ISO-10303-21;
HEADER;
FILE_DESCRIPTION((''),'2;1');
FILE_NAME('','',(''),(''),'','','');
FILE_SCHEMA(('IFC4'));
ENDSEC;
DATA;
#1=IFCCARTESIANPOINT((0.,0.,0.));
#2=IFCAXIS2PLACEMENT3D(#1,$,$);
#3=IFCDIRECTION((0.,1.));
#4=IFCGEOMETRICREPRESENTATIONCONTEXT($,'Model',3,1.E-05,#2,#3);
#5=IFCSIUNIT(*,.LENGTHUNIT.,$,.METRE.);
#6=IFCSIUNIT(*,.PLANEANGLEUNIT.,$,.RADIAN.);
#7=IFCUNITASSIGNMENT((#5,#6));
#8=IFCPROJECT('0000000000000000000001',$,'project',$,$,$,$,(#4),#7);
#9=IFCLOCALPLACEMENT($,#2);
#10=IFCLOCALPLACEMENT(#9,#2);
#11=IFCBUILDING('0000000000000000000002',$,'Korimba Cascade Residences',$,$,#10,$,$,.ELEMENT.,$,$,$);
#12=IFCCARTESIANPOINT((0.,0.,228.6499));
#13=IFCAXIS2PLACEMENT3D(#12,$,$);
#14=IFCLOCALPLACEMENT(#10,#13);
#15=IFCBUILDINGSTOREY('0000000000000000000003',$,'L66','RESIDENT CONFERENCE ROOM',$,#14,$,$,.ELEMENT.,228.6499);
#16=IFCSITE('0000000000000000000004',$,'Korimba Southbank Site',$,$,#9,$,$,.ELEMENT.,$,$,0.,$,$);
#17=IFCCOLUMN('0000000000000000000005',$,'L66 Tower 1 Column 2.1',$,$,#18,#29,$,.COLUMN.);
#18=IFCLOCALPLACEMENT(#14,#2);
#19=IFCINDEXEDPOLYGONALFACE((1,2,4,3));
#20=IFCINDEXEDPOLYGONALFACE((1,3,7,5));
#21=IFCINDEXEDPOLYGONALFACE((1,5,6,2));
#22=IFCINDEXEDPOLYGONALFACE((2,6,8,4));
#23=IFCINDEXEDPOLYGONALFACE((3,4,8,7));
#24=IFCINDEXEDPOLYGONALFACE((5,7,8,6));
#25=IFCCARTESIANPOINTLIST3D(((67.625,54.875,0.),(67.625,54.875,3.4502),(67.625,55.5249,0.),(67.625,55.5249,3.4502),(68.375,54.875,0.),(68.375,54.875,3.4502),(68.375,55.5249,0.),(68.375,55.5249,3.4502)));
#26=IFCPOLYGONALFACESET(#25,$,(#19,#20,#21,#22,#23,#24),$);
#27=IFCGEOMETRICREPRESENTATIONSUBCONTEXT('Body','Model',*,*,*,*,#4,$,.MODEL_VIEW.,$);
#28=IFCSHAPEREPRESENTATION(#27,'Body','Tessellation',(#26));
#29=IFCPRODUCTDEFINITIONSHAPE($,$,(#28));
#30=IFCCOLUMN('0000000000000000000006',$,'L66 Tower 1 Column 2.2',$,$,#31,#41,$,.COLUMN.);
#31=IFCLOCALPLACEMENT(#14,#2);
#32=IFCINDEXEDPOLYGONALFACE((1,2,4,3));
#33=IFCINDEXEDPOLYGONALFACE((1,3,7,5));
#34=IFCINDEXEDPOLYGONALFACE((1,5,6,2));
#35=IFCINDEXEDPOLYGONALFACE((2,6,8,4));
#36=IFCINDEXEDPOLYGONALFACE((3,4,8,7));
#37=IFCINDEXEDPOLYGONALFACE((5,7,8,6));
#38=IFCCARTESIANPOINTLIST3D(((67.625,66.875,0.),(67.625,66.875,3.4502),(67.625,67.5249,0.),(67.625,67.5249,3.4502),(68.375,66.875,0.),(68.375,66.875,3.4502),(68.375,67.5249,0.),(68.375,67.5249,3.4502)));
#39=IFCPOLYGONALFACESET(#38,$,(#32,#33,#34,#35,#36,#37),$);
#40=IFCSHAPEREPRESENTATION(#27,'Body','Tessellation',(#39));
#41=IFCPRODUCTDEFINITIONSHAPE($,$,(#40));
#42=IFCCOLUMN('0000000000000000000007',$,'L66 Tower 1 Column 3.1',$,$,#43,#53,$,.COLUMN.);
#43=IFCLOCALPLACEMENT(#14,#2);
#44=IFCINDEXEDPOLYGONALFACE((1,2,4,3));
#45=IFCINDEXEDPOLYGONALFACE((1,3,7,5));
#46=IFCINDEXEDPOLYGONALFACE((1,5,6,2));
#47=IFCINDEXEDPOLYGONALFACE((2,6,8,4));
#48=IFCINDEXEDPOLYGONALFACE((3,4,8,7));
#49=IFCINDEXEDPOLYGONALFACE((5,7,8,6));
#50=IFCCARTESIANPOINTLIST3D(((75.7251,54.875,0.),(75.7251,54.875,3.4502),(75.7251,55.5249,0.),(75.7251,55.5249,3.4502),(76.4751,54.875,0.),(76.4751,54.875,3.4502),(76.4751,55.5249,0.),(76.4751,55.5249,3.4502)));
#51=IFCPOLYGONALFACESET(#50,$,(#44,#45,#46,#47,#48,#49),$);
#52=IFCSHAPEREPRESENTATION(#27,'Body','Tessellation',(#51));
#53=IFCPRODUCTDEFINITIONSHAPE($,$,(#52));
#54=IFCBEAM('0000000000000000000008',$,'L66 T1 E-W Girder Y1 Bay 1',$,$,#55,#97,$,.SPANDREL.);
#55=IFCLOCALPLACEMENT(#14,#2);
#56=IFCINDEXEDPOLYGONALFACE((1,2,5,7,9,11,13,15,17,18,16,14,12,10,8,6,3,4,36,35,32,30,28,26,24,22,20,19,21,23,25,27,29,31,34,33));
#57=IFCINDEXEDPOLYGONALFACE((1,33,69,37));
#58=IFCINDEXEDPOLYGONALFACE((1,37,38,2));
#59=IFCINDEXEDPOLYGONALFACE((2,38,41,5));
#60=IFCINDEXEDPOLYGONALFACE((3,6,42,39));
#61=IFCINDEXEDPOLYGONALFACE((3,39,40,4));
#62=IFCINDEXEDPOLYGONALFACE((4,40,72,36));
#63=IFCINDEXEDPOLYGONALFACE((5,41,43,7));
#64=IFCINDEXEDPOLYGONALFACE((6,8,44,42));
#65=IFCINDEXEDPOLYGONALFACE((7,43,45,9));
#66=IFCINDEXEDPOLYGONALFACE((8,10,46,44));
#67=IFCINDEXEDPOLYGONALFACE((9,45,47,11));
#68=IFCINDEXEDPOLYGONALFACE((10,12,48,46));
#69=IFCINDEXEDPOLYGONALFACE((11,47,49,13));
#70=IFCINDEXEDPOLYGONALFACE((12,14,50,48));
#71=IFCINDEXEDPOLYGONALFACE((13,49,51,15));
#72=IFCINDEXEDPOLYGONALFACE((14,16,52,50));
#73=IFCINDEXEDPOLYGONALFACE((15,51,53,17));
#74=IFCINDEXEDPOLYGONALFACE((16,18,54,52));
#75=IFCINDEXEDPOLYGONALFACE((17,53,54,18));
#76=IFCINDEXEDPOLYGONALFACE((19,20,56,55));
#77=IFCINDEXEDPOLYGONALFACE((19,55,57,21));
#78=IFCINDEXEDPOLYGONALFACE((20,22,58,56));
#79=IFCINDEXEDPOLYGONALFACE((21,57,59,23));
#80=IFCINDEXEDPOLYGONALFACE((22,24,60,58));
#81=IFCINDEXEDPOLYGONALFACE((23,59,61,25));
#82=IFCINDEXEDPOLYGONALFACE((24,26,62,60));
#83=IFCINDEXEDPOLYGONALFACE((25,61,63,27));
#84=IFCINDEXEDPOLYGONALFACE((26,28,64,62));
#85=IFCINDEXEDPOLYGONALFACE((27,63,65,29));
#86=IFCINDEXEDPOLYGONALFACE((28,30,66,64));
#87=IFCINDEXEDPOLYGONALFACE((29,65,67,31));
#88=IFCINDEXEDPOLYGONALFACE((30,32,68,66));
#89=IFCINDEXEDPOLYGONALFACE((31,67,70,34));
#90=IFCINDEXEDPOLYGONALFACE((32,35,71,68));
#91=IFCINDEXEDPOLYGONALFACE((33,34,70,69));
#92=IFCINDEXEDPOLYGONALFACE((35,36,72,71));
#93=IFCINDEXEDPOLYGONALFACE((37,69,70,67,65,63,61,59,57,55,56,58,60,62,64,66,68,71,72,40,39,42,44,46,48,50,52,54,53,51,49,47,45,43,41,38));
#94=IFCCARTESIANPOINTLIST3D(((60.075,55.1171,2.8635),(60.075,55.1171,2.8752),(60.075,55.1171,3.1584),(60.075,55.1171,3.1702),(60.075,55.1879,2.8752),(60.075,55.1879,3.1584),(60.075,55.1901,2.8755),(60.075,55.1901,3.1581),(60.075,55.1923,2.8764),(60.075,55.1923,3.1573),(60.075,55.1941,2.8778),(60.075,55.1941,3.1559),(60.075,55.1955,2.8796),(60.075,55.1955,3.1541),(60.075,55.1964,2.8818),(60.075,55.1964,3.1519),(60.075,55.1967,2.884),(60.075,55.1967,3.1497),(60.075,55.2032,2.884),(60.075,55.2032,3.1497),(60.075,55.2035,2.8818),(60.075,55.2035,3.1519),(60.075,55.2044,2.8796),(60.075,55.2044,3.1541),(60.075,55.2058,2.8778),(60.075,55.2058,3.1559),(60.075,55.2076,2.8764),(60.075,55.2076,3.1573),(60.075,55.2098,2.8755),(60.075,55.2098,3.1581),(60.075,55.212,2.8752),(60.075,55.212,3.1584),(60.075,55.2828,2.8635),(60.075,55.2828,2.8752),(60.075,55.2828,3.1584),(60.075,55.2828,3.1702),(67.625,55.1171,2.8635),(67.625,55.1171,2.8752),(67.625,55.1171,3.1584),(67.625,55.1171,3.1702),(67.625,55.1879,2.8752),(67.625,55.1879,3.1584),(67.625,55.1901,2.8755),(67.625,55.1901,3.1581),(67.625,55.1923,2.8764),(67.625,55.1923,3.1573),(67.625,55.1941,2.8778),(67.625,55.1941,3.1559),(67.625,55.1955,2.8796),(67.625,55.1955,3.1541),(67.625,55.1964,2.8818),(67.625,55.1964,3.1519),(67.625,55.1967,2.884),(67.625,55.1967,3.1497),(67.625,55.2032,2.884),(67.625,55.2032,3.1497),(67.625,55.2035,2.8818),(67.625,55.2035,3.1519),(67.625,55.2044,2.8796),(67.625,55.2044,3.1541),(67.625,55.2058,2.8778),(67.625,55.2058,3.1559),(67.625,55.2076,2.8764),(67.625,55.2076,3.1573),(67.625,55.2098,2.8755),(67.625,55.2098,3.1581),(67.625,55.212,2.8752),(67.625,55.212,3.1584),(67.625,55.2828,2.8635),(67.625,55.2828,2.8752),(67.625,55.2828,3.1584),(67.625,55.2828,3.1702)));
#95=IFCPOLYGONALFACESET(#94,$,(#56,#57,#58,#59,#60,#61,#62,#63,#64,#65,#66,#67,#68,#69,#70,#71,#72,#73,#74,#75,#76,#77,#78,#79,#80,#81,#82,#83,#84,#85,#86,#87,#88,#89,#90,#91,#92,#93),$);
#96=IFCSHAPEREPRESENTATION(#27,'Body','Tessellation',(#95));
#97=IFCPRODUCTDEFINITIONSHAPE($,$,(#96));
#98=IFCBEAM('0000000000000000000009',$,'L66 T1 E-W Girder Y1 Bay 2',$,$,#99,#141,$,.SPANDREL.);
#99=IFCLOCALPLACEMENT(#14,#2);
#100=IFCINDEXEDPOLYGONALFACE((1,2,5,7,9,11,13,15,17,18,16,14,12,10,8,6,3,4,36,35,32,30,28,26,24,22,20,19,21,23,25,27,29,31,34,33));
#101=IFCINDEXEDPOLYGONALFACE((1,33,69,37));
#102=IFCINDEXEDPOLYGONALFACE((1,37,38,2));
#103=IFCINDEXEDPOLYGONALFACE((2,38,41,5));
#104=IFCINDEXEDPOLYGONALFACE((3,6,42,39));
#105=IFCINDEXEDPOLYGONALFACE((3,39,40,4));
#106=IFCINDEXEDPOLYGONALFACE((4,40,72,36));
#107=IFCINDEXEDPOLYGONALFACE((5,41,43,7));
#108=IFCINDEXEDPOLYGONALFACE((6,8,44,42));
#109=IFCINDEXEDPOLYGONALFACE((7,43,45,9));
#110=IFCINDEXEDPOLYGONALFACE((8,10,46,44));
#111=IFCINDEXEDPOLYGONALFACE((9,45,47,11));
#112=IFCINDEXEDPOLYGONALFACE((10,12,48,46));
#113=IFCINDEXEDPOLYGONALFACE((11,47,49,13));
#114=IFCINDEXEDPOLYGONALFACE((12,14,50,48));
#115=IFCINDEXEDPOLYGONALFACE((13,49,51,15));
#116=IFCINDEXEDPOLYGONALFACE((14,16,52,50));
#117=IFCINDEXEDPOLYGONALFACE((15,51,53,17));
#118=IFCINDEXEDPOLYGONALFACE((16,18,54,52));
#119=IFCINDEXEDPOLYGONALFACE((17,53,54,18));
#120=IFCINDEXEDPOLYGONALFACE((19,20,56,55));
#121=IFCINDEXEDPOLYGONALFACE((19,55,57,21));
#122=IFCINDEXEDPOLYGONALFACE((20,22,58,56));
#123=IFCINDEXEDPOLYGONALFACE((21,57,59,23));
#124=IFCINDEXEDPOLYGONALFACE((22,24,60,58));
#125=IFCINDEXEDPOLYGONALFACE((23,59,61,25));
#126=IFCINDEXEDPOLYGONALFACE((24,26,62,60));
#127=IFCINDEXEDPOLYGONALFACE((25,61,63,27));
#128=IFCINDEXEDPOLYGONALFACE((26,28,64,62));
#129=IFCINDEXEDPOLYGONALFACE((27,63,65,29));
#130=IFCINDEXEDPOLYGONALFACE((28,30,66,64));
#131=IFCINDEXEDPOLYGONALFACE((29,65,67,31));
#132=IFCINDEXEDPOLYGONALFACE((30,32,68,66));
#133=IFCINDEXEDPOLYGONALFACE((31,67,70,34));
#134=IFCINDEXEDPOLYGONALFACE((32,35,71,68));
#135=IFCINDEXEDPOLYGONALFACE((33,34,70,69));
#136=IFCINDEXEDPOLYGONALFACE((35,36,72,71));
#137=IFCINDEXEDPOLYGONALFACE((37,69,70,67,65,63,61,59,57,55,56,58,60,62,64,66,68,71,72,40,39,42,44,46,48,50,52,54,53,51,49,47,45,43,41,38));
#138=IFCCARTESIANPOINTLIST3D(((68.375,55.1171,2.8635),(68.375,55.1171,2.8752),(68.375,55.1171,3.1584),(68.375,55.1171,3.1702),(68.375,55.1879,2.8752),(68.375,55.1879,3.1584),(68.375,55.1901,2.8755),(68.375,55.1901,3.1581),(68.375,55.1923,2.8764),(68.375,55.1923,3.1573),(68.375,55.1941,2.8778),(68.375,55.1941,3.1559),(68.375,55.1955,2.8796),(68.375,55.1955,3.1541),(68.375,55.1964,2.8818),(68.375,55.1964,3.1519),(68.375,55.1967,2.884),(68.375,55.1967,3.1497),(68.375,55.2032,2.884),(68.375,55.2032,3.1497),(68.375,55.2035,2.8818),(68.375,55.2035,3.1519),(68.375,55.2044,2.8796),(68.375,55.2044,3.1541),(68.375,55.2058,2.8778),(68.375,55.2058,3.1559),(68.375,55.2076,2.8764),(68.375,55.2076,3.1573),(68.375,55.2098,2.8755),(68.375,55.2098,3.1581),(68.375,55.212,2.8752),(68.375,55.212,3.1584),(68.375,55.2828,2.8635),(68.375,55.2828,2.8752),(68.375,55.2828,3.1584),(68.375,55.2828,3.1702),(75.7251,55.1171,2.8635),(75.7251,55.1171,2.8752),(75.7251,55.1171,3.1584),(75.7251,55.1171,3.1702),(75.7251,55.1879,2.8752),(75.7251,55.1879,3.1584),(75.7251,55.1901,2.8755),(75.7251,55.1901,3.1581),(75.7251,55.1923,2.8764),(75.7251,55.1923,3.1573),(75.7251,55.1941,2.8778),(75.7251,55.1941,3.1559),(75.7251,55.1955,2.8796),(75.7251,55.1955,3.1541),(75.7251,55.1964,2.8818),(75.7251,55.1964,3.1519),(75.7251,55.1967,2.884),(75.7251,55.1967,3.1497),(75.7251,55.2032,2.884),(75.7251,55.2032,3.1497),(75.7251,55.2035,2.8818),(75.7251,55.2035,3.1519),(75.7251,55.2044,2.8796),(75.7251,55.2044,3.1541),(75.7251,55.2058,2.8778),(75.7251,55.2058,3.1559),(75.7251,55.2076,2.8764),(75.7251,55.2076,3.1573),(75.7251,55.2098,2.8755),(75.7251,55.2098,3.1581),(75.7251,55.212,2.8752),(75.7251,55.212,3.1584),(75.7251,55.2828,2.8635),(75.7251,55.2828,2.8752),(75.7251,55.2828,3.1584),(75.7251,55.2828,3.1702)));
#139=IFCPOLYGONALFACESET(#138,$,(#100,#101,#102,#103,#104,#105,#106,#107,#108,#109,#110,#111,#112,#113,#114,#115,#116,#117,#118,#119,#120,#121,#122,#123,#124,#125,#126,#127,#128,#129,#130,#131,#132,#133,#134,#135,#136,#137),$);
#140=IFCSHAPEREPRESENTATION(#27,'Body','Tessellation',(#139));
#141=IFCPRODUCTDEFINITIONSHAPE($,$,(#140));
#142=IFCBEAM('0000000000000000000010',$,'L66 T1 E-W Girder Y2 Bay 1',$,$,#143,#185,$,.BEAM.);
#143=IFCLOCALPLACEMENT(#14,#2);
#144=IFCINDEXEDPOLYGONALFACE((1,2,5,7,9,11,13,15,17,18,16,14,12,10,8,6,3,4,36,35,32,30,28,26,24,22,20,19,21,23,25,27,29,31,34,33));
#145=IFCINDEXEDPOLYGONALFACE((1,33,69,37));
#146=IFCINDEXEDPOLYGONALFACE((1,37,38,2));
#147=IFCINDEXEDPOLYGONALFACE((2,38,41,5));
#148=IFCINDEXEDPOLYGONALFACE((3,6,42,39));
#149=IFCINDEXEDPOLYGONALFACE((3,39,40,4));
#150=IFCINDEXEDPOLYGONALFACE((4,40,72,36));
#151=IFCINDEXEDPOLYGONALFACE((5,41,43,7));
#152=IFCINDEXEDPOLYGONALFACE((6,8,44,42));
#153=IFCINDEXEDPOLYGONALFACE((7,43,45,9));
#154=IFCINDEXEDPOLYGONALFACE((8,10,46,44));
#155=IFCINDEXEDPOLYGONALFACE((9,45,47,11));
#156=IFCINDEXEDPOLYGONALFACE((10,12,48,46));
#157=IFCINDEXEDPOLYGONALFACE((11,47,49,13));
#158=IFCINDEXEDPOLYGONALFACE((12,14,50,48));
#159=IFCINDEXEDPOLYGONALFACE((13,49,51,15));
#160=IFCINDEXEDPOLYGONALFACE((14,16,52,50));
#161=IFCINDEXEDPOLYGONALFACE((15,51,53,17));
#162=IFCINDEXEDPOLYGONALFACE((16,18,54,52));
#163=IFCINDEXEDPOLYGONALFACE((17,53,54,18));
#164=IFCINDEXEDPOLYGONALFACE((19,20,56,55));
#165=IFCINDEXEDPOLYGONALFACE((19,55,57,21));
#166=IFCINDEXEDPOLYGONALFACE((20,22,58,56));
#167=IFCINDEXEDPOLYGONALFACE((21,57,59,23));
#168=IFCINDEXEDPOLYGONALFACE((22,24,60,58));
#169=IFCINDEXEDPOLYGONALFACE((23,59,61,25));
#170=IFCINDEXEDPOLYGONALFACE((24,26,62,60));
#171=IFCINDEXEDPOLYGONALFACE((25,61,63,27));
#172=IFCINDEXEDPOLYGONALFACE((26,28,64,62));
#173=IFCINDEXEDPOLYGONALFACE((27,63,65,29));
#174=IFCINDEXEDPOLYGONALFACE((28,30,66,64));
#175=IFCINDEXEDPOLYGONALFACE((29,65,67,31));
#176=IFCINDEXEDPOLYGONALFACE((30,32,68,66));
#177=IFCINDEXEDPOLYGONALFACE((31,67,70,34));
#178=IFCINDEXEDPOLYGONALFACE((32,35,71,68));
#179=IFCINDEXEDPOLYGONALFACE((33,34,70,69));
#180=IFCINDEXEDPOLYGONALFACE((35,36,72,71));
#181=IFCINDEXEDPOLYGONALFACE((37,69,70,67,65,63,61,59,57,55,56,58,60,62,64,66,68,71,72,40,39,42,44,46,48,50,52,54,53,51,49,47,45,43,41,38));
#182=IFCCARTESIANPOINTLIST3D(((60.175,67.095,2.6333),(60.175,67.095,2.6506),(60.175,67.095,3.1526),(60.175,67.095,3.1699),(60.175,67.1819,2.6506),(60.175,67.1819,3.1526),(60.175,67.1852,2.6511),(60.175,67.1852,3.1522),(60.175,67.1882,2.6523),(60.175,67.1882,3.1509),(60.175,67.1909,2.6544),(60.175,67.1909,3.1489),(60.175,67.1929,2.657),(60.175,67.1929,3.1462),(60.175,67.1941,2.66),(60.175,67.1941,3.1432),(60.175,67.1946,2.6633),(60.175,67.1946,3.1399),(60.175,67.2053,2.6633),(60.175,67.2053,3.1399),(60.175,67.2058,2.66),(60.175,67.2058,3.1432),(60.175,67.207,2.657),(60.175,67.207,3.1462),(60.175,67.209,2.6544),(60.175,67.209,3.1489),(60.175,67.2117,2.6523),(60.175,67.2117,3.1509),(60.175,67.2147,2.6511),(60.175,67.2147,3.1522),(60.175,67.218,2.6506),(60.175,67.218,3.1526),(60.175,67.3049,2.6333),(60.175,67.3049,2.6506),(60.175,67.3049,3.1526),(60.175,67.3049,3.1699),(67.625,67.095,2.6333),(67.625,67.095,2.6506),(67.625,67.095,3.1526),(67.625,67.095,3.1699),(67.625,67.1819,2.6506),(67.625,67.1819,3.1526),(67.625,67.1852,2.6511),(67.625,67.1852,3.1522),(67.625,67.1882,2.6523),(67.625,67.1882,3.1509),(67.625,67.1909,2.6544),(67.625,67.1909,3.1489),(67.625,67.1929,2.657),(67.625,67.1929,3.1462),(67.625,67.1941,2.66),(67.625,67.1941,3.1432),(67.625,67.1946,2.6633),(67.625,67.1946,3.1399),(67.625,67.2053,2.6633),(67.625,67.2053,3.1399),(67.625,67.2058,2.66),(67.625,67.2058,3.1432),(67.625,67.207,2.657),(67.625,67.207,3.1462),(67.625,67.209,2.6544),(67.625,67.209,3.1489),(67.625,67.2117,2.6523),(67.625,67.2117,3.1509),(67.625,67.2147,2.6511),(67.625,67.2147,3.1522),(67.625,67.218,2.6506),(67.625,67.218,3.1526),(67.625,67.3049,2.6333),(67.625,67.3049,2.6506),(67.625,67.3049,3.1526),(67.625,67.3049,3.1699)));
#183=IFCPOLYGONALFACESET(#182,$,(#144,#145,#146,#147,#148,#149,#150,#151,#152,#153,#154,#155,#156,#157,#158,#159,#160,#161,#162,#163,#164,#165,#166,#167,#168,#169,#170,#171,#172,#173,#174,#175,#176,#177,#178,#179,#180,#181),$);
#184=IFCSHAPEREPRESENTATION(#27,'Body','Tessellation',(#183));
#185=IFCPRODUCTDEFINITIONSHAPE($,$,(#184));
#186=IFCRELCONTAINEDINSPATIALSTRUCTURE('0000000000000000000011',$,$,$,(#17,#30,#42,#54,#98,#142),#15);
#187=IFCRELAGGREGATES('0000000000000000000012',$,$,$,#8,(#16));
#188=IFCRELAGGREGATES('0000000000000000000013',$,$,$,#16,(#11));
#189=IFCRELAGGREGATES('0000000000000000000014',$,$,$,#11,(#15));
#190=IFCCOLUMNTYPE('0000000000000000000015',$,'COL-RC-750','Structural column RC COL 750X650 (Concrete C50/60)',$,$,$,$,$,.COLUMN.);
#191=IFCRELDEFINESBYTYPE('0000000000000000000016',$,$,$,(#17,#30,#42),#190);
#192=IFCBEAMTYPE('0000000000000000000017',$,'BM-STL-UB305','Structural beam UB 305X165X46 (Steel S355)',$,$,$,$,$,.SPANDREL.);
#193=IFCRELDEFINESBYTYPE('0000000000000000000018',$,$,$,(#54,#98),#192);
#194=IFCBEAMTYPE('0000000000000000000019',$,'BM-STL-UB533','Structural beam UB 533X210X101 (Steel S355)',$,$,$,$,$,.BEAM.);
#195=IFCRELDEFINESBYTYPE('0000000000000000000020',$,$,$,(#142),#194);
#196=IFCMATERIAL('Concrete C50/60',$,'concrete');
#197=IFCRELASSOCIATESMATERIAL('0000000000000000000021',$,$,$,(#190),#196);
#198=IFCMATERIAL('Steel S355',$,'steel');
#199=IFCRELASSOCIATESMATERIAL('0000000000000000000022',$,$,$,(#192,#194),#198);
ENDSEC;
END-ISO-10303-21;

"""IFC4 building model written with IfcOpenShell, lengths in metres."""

from ifc_helpers import new_model, si_unit, direction, frame, origin, origin_2d, place, context, subcontext, project, spatial, rectangle, i_section, extrude, material, material_profile, profile_set, type_object, element, save


model = new_model("IFC4")

# Units and contexts
model_context = context("Model", 3, precision=1e-05, world=origin(), true_north=direction((0.0, 1.0)))
body_context = subcontext(model_context, "Body", "Model", "MODEL_VIEW")
ifc_project = project(units=[si_unit("LENGTHUNIT", "METRE"), si_unit("PLANEANGLEUNIT", "RADIAN")], contexts=[model_context])

# Site, building, storey
site_placement = place(None, origin())
site = spatial("IfcSite", under=ifc_project, at=site_placement, Name="Korimba Southbank Site", CompositionType="ELEMENT", RefElevation=0.0)
building_placement = place(site_placement, origin())
building = spatial("IfcBuilding", under=site, at=building_placement, Name="Korimba Cascade Residences", CompositionType="ELEMENT")
storey_placement = place(building_placement, frame((0.0, 0.0, 228.6499)))
storey = spatial("IfcBuildingStorey", under=building, at=storey_placement, Name="L66", Description="RESIDENT CONFERENCE ROOM", CompositionType="ELEMENT", Elevation=228.6499)

# Columns
ifc_material_1 = material(Name="Concrete C50/60", Category="concrete")
ifc_material_profile_1 = material_profile(ifc_material_1, rectangle(XDim=0.75, YDim=0.6499, at=origin_2d()), Name="Concrete C50/60")
ifc_profile_set_1 = profile_set([ifc_material_profile_1], Name="Concrete C50/60")
column_type = type_object("IfcColumnType", Name="COL-RC-750", Description="Structural column RC COL 750X650 (Concrete C50/60)", PredefinedType="COLUMN", material=ifc_profile_set_1)
for number, where, z_axis, x_axis, name in (
    (1, (68.0, 55.2, 0.0), (0.0, 0.0, 1.0), (1.0, 0.0, 0.0), "L66 Tower 1 Column 2.1"),
    (2, (68.0, 67.2, 0.0), (0.0, 0.0, 1.0), (1.0, 0.0, 0.0), "L66 Tower 1 Column 2.2"),
    (3, (76.1001, 55.2, 0.0), (0.0, 0.0, 1.0), (1.0, 0.0, 0.0), "L66 Tower 1 Column 3.1"),
):
    element("IfcColumn", number, at=place(storey_placement, frame(where, z_axis=z_axis, x_axis=x_axis)), inside=storey, type_object=column_type, Name=name, PredefinedType="COLUMN", context=body_context, shape_type="SweptSolid", body=[
        extrude(rectangle(XDim=0.75, YDim=0.6499, at=origin_2d()), origin(), (0.0, 0.0, 1.0), 3.4502),
    ])

# Beams
ifc_material_2 = material(Name="Steel S355", Category="steel")
ifc_material_profile_2 = material_profile(ifc_material_2, i_section(OverallWidth=0.1658, OverallDepth=0.3066, WebThickness=0.0066, FlangeThickness=0.0117, FilletRadius=0.0088, at=origin_2d()), Name="Steel S355")
ifc_profile_set_2 = profile_set([ifc_material_profile_2], Name="Steel S355")
beam_type_1 = type_object("IfcBeamType", Name="BM-STL-UB305", Description="Structural beam UB 305X165X46 (Steel S355)", PredefinedType="SPANDREL", material=ifc_profile_set_2)
beam_1_placement = place(storey_placement, frame((60.075, 55.2, 3.0168), z_axis=(1.0, 0.0, 0.0), x_axis=(0.0, 1.0, 0.0)))
element("IfcBeam", 4, at=beam_1_placement, inside=storey, type_object=beam_type_1, Name="L66 T1 E-W Girder Y1 Bay 1", PredefinedType="SPANDREL", context=body_context, shape_type="SweptSolid", body=[
    extrude(i_section(OverallWidth=0.1658, OverallDepth=0.3066, WebThickness=0.0066, FlangeThickness=0.0117, FilletRadius=0.0088, at=origin_2d()), origin(), (0.0, 0.0, 1.0), 7.55),
])
beam_2_placement = place(storey_placement, frame((68.375, 55.2, 3.0168), z_axis=(1.0, 0.0, 0.0), x_axis=(0.0, 1.0, 0.0)))
element("IfcBeam", 5, at=beam_2_placement, inside=storey, type_object=beam_type_1, Name="L66 T1 E-W Girder Y1 Bay 2", PredefinedType="SPANDREL", context=body_context, shape_type="SweptSolid", body=[
    extrude(i_section(OverallWidth=0.1658, OverallDepth=0.3066, WebThickness=0.0066, FlangeThickness=0.0117, FilletRadius=0.0088, at=origin_2d()), origin(), (0.0, 0.0, 1.0), 7.3501),
])
ifc_material_profile_3 = material_profile(ifc_material_2, i_section(OverallWidth=0.21, OverallDepth=0.5366, WebThickness=0.0107, FlangeThickness=0.0173, FilletRadius=0.0127, at=origin_2d()), Name="Steel S355")
ifc_profile_set_3 = profile_set([ifc_material_profile_3], Name="Steel S355")
beam_type_2 = type_object("IfcBeamType", Name="BM-STL-UB533", Description="Structural beam UB 533X210X101 (Steel S355)", PredefinedType="BEAM", material=ifc_profile_set_3)
beam_3_placement = place(storey_placement, frame((60.175, 67.2, 2.9016), z_axis=(1.0, 0.0, 0.0), x_axis=(0.0, 1.0, 0.0)))
element("IfcBeam", 6, at=beam_3_placement, inside=storey, type_object=beam_type_2, Name="L66 T1 E-W Girder Y2 Bay 1", PredefinedType="BEAM", context=body_context, shape_type="SweptSolid", body=[
    extrude(i_section(OverallWidth=0.21, OverallDepth=0.5366, WebThickness=0.0107, FlangeThickness=0.0173, FilletRadius=0.0127, at=origin_2d()), origin(), (0.0, 0.0, 1.0), 7.45),
])

save(model, "model.ifc")
